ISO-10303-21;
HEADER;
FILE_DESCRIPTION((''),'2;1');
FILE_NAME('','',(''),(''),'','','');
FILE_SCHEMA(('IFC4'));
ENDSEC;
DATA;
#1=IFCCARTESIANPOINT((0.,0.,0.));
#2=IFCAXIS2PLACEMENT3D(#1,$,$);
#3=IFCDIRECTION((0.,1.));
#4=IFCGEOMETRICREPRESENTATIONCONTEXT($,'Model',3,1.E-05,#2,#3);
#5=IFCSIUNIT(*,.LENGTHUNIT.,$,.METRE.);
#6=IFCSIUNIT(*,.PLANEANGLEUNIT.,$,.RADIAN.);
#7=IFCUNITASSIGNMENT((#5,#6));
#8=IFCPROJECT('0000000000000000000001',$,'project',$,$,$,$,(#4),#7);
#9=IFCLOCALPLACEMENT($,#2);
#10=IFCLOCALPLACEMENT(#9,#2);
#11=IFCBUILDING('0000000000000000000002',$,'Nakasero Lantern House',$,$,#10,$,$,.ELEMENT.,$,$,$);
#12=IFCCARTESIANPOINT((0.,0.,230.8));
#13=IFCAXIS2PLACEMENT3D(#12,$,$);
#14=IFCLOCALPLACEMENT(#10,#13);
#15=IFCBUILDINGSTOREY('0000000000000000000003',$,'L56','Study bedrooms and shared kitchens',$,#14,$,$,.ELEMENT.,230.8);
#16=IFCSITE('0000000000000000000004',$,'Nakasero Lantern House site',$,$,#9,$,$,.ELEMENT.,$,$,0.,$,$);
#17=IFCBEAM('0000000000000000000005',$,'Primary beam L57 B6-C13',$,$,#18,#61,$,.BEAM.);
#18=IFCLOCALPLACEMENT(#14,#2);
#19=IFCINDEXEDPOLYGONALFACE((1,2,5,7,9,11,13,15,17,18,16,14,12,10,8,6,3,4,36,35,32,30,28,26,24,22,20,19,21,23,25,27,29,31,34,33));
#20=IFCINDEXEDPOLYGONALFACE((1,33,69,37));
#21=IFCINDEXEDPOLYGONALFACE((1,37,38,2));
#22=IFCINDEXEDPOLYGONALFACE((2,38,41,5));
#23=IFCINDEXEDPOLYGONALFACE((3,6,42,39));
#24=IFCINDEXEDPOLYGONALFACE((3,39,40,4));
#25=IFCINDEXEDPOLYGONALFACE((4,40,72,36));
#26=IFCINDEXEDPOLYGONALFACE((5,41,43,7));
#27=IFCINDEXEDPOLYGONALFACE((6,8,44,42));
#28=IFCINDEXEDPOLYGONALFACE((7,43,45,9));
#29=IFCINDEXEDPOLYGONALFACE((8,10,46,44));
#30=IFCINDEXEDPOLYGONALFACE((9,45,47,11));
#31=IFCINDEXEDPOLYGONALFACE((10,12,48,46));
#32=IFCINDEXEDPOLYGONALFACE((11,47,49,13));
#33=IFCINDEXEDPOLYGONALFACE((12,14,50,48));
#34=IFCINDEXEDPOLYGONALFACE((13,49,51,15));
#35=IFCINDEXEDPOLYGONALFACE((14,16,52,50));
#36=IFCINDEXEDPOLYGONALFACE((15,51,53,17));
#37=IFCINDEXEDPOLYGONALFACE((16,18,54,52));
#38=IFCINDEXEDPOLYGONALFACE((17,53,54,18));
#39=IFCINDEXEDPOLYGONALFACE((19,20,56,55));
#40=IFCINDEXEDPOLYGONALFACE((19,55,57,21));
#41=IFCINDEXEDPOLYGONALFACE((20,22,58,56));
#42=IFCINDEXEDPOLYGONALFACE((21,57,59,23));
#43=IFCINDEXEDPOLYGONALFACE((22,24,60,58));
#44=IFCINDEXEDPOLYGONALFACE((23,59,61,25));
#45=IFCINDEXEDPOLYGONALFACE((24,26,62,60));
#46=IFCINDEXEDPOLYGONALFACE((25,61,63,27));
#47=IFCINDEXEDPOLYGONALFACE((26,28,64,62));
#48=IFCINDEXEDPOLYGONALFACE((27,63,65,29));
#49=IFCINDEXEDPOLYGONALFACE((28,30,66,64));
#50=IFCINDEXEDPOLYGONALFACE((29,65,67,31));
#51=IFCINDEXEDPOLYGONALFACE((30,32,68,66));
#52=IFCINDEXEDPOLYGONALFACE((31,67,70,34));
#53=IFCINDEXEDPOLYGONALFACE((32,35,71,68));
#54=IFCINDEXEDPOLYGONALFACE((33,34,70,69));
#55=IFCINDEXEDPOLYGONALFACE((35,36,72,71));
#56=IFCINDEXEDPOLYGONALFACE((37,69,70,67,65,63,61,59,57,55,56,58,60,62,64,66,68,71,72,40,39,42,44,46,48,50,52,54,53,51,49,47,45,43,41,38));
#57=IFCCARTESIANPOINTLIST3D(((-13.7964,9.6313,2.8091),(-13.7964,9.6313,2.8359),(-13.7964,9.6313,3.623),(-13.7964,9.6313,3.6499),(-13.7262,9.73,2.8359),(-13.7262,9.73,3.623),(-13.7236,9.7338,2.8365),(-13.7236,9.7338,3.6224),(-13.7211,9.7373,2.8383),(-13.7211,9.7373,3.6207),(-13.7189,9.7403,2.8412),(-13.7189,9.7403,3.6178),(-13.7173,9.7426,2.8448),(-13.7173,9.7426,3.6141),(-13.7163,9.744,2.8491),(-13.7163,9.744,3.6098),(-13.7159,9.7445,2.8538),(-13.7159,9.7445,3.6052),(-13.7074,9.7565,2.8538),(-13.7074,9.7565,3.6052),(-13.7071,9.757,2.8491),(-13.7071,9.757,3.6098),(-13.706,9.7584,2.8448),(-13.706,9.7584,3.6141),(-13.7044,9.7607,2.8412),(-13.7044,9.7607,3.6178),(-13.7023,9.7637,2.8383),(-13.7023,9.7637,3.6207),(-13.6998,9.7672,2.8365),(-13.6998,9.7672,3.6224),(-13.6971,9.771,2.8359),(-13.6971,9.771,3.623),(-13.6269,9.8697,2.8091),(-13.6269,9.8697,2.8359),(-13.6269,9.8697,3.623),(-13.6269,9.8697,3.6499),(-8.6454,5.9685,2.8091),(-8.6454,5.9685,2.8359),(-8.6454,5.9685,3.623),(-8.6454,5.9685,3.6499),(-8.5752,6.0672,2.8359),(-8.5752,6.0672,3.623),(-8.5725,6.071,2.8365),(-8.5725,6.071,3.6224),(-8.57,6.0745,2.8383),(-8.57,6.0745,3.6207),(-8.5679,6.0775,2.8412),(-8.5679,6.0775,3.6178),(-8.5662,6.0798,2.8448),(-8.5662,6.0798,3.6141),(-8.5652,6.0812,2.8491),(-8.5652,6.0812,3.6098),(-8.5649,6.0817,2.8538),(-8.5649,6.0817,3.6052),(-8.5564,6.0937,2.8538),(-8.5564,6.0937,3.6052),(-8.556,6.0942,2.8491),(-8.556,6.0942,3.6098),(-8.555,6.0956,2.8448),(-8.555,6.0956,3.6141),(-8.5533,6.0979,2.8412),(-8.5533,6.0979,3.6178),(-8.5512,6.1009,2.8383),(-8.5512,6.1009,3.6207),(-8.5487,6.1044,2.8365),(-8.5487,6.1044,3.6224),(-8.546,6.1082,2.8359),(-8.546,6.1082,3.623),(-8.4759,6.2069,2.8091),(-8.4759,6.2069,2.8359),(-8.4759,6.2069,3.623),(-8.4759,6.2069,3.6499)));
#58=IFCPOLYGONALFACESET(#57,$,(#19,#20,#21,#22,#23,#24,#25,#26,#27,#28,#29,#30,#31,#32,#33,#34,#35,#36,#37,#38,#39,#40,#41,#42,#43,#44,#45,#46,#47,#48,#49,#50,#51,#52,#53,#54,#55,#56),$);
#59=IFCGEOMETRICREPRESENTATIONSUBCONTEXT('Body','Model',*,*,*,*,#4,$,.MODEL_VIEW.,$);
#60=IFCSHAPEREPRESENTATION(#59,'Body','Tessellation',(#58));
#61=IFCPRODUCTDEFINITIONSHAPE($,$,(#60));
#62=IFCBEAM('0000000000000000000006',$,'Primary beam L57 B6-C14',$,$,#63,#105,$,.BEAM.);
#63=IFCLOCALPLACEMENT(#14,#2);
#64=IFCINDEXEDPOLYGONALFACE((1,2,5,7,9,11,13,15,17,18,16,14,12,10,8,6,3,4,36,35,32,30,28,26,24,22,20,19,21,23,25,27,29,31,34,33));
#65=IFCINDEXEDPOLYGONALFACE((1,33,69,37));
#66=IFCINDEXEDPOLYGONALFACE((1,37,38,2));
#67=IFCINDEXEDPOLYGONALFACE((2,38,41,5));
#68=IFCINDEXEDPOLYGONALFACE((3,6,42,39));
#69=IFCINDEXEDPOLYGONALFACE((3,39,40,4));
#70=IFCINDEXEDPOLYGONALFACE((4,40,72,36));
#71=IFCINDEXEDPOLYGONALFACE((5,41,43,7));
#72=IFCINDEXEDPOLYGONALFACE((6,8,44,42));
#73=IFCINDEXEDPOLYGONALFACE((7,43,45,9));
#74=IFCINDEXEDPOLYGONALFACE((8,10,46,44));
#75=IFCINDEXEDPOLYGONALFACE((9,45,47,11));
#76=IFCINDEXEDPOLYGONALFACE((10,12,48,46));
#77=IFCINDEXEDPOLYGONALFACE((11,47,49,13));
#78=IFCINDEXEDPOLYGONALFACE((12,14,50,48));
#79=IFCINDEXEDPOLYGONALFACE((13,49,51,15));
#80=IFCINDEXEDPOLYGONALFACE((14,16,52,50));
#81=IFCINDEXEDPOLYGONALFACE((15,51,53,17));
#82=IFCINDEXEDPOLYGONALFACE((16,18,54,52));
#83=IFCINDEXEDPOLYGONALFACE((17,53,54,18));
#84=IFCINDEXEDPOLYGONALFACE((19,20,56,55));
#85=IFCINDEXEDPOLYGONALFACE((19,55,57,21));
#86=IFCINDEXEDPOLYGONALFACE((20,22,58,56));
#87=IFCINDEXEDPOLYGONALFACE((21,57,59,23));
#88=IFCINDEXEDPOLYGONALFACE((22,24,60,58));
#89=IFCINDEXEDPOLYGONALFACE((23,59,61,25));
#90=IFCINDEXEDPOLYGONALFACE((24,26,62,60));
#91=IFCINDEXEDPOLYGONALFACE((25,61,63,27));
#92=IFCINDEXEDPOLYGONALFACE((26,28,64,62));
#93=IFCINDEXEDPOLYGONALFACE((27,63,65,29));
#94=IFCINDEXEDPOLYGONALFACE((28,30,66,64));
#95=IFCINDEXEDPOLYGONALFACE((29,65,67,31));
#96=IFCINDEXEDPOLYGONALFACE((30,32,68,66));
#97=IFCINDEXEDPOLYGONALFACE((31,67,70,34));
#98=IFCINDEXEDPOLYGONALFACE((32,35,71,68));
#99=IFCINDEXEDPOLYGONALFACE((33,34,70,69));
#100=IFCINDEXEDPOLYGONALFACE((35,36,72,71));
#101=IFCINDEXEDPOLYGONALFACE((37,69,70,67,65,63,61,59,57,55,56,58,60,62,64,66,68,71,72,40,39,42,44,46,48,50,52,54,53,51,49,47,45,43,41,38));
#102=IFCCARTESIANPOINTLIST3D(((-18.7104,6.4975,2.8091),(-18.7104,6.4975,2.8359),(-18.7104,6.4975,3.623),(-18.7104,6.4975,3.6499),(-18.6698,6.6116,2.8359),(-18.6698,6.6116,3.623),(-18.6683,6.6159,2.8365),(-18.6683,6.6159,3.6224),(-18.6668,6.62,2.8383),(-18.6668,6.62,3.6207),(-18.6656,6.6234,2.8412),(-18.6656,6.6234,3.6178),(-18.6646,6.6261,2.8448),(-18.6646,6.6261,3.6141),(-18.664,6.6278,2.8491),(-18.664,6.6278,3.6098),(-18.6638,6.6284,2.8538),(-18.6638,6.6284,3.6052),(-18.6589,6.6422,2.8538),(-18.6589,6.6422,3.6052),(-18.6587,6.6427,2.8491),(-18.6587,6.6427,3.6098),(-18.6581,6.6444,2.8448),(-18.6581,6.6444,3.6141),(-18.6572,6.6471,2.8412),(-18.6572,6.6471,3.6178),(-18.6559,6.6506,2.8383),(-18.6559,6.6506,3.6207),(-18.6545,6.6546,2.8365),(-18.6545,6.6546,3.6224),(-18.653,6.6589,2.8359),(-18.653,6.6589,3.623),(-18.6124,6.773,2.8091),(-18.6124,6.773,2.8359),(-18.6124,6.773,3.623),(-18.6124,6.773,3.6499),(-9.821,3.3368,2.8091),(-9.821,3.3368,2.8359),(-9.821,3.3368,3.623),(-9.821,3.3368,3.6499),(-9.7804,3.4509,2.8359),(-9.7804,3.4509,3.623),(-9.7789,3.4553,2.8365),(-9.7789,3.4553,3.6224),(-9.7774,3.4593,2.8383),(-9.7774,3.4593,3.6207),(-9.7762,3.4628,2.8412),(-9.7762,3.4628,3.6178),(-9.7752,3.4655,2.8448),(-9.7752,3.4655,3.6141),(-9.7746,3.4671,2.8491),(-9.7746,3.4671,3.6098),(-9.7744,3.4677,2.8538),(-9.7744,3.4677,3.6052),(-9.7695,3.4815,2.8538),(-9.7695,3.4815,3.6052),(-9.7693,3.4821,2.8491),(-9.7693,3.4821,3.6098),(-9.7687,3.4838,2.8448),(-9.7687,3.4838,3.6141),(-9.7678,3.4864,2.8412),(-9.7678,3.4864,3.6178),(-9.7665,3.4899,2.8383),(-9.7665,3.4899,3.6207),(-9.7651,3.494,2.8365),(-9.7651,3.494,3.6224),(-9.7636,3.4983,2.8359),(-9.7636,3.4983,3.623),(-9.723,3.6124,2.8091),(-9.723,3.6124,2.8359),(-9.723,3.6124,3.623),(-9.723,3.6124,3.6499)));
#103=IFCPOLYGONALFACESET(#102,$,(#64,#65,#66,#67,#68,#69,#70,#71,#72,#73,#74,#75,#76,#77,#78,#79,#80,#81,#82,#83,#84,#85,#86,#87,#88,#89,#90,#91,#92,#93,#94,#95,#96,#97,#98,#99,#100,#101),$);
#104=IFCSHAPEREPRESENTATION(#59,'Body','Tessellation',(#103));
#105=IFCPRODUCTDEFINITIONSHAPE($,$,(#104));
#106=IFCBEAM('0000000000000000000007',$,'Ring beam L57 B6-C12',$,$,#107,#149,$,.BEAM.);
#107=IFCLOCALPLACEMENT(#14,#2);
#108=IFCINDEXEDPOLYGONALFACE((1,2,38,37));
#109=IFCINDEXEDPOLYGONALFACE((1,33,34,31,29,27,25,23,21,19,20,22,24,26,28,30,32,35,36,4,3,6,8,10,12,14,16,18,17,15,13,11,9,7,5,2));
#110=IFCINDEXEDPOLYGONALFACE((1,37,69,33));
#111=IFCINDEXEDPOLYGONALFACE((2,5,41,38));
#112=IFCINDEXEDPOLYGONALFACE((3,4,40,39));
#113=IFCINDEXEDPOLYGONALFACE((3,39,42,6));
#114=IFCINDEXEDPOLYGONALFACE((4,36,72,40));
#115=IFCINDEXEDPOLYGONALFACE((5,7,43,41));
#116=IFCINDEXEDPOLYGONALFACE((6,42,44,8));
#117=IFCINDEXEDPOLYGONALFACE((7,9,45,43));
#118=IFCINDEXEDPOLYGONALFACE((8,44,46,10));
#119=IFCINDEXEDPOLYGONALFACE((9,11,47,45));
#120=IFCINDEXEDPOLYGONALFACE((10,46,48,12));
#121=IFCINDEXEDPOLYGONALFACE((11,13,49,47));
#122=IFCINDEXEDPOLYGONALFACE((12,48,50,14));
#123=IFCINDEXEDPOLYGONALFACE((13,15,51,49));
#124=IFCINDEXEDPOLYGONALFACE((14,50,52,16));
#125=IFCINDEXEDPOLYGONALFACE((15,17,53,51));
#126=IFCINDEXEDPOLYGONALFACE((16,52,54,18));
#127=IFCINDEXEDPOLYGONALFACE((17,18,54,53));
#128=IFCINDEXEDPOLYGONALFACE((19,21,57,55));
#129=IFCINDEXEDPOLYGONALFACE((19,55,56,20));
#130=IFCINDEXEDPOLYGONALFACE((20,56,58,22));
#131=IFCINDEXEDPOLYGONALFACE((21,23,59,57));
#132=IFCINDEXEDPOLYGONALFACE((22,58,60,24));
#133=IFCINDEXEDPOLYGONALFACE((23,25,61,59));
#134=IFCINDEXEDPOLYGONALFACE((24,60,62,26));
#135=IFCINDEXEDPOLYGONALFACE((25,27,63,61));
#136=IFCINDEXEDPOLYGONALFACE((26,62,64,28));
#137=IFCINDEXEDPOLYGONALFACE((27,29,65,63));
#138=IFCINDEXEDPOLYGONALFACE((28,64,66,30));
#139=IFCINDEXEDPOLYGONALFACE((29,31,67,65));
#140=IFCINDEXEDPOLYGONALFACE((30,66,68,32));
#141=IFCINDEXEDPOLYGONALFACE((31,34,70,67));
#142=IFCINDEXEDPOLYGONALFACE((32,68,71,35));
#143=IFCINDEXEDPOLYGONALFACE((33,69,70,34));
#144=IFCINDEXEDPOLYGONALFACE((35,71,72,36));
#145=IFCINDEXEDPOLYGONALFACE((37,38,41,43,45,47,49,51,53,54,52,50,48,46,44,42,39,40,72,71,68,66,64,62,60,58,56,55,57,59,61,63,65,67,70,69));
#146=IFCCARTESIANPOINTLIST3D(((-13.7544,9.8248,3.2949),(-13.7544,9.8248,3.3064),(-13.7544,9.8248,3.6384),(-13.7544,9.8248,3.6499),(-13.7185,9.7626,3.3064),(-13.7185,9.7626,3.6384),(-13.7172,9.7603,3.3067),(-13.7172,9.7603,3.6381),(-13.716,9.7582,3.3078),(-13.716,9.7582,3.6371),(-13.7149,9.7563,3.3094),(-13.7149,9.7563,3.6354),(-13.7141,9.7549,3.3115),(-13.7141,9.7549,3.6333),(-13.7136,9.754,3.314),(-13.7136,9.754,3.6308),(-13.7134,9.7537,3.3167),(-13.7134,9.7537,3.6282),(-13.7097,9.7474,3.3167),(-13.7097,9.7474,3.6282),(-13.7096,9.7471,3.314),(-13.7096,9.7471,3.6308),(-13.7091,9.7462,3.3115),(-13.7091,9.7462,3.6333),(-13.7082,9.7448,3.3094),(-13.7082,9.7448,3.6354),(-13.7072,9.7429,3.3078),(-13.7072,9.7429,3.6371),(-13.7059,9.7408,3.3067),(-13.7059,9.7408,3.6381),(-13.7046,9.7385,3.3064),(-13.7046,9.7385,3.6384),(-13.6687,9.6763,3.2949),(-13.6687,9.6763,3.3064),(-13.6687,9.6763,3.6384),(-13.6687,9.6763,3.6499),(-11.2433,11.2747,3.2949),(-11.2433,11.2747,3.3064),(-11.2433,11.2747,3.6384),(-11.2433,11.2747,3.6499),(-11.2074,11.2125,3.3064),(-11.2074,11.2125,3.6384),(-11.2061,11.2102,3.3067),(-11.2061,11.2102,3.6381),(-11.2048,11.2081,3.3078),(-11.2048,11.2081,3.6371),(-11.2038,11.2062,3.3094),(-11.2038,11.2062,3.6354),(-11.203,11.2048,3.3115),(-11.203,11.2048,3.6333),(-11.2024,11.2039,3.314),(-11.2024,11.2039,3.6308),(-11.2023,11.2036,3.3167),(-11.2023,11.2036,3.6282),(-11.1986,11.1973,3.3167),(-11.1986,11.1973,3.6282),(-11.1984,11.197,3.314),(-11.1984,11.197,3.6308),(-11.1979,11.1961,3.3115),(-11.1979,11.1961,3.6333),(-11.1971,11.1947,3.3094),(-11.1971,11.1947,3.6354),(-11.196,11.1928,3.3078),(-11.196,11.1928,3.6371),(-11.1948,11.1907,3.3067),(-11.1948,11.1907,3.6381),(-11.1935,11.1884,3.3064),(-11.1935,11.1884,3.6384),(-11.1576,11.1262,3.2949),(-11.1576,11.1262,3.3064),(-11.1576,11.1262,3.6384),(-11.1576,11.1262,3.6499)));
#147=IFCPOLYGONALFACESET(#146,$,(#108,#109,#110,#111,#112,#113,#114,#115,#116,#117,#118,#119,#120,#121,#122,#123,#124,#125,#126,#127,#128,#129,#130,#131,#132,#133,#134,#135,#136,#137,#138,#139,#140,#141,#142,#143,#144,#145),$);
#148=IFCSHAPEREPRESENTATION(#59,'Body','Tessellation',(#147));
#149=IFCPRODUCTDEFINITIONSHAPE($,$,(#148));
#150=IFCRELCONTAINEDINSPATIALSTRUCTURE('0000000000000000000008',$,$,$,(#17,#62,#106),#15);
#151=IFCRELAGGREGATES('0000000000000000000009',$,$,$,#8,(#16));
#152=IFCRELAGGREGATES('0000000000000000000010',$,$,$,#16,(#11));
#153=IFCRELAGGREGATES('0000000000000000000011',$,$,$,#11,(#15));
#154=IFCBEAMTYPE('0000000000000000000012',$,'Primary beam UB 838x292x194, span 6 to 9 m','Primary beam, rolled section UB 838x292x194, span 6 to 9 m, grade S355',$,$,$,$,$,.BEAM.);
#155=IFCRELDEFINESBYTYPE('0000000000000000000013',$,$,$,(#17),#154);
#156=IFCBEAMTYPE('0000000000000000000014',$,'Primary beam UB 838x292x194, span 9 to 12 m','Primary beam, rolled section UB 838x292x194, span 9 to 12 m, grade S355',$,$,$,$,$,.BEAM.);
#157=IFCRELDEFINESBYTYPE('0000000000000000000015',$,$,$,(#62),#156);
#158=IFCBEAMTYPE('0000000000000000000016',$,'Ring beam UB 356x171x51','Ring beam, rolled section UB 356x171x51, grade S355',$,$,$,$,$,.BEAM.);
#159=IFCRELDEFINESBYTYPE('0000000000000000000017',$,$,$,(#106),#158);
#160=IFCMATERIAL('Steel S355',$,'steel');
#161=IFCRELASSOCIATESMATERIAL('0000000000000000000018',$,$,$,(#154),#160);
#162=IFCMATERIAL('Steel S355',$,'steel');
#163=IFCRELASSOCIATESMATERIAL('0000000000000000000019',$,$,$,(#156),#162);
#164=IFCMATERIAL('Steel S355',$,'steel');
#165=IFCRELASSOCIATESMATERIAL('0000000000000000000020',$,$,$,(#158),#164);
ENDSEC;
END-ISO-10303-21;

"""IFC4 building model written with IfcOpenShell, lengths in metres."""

from ifc_helpers import new_model, si_unit, direction, frame, origin, origin_2d, place, context, subcontext, project, spatial, i_section, extrude, material, material_profile, profile_set, type_object, element, save


model = new_model("IFC4")

# Units and contexts
model_context = context("Model", 3, precision=1e-05, world=origin(), true_north=direction((0.0, 1.0)))
body_context = subcontext(model_context, "Body", "Model", "MODEL_VIEW")
ifc_project = project(units=[si_unit("LENGTHUNIT", "METRE"), si_unit("PLANEANGLEUNIT", "RADIAN")], contexts=[model_context])

# Site, building, storey
site_placement = place(None, origin())
site = spatial("IfcSite", under=ifc_project, at=site_placement, Name="Nakasero Lantern House site", CompositionType="ELEMENT", RefElevation=0.0)
building_placement = place(site_placement, origin())
building = spatial("IfcBuilding", under=site, at=building_placement, Name="Nakasero Lantern House", CompositionType="ELEMENT")
storey_placement = place(building_placement, frame((0.0, 0.0, 230.8)))
storey = spatial("IfcBuildingStorey", under=building, at=storey_placement, Name="L56", Description="Study bedrooms and shared kitchens", CompositionType="ELEMENT", Elevation=230.8)

# Beams
ifc_material_1 = material(Name="Steel S355", Category="steel")
ifc_material_profile_1 = material_profile(ifc_material_1, i_section(OverallWidth=0.2925, OverallDepth=0.8408, WebThickness=0.0146, FlangeThickness=0.0269, FilletRadius=0.0178, at=origin_2d()), Name="UB 838x292x194")
ifc_profile_set_1 = profile_set([ifc_material_profile_1], Name="Steel S355")
beam_type_1 = type_object("IfcBeamType", Name="Primary beam UB 838x292x194, span 6 to 9 m", Description="Primary beam, rolled section UB 838x292x194, span 6 to 9 m, grade S355", PredefinedType="BEAM", material=ifc_profile_set_1)
beam_1_placement = place(storey_placement, frame((-13.7117, 9.7505, 3.2295), z_axis=(0.814969, -0.579505, 0.0), x_axis=(0.579505, 0.814969, 0.0)))
element("IfcBeam", 1, at=beam_1_placement, inside=storey, type_object=beam_type_1, Name="Primary beam L57 B6-C13", PredefinedType="BEAM", context=body_context, shape_type="SweptSolid", body=[
    extrude(i_section(OverallWidth=0.2925, OverallDepth=0.8408, WebThickness=0.0146, FlangeThickness=0.0269, FilletRadius=0.0178, at=origin_2d()), origin(), (0.0, 0.0, 1.0), 6.3206),
])
ifc_material_2 = material(Name="Steel S355", Category="steel")
ifc_material_profile_2 = material_profile(ifc_material_2, i_section(OverallWidth=0.2925, OverallDepth=0.8408, WebThickness=0.0146, FlangeThickness=0.0269, FilletRadius=0.0178, at=origin_2d()), Name="UB 838x292x194")
ifc_profile_set_2 = profile_set([ifc_material_profile_2], Name="Steel S355")
beam_type_2 = type_object("IfcBeamType", Name="Primary beam UB 838x292x194, span 9 to 12 m", Description="Primary beam, rolled section UB 838x292x194, span 9 to 12 m, grade S355", PredefinedType="BEAM", material=ifc_profile_set_2)
beam_2_placement = place(storey_placement, frame((-18.6614, 6.6353, 3.2295), z_axis=(0.942216, -0.335007, 0.0), x_axis=(0.335007, 0.942216, 0.0)))
element("IfcBeam", 2, at=beam_2_placement, inside=storey, type_object=beam_type_2, Name="Primary beam L57 B6-C14", PredefinedType="BEAM", context=body_context, shape_type="SweptSolid", body=[
    extrude(i_section(OverallWidth=0.2925, OverallDepth=0.8408, WebThickness=0.0146, FlangeThickness=0.0269, FilletRadius=0.0178, at=origin_2d()), origin(), (0.0, 0.0, 1.0), 9.4346),
])
ifc_material_3 = material(Name="Steel S355", Category="steel")
ifc_material_profile_3 = material_profile(ifc_material_3, i_section(OverallWidth=0.1714, OverallDepth=0.355, WebThickness=0.0073, FlangeThickness=0.0115, FilletRadius=0.0103, at=origin_2d()), Name="UB 356x171x51")
ifc_profile_set_3 = profile_set([ifc_material_profile_3], Name="Steel S355")
beam_type_3 = type_object("IfcBeamType", Name="Ring beam UB 356x171x51", Description="Ring beam, rolled section UB 356x171x51, grade S355", PredefinedType="BEAM", material=ifc_profile_set_3)
beam_3_placement = place(storey_placement, frame((-11.2004, 11.2004, 3.4724), z_axis=(-0.866012, -0.500024, 0.0), x_axis=(0.500024, -0.866012, 0.0)))
element("IfcBeam", 3, at=beam_3_placement, inside=storey, type_object=beam_type_3, Name="Ring beam L57 B6-C12", PredefinedType="BEAM", context=body_context, shape_type="SweptSolid", body=[
    extrude(i_section(OverallWidth=0.1714, OverallDepth=0.355, WebThickness=0.0073, FlangeThickness=0.0115, FilletRadius=0.0103, at=origin_2d()), origin(), (0.0, 0.0, 1.0), 2.8997),
])

save(model, "model.ifc")
